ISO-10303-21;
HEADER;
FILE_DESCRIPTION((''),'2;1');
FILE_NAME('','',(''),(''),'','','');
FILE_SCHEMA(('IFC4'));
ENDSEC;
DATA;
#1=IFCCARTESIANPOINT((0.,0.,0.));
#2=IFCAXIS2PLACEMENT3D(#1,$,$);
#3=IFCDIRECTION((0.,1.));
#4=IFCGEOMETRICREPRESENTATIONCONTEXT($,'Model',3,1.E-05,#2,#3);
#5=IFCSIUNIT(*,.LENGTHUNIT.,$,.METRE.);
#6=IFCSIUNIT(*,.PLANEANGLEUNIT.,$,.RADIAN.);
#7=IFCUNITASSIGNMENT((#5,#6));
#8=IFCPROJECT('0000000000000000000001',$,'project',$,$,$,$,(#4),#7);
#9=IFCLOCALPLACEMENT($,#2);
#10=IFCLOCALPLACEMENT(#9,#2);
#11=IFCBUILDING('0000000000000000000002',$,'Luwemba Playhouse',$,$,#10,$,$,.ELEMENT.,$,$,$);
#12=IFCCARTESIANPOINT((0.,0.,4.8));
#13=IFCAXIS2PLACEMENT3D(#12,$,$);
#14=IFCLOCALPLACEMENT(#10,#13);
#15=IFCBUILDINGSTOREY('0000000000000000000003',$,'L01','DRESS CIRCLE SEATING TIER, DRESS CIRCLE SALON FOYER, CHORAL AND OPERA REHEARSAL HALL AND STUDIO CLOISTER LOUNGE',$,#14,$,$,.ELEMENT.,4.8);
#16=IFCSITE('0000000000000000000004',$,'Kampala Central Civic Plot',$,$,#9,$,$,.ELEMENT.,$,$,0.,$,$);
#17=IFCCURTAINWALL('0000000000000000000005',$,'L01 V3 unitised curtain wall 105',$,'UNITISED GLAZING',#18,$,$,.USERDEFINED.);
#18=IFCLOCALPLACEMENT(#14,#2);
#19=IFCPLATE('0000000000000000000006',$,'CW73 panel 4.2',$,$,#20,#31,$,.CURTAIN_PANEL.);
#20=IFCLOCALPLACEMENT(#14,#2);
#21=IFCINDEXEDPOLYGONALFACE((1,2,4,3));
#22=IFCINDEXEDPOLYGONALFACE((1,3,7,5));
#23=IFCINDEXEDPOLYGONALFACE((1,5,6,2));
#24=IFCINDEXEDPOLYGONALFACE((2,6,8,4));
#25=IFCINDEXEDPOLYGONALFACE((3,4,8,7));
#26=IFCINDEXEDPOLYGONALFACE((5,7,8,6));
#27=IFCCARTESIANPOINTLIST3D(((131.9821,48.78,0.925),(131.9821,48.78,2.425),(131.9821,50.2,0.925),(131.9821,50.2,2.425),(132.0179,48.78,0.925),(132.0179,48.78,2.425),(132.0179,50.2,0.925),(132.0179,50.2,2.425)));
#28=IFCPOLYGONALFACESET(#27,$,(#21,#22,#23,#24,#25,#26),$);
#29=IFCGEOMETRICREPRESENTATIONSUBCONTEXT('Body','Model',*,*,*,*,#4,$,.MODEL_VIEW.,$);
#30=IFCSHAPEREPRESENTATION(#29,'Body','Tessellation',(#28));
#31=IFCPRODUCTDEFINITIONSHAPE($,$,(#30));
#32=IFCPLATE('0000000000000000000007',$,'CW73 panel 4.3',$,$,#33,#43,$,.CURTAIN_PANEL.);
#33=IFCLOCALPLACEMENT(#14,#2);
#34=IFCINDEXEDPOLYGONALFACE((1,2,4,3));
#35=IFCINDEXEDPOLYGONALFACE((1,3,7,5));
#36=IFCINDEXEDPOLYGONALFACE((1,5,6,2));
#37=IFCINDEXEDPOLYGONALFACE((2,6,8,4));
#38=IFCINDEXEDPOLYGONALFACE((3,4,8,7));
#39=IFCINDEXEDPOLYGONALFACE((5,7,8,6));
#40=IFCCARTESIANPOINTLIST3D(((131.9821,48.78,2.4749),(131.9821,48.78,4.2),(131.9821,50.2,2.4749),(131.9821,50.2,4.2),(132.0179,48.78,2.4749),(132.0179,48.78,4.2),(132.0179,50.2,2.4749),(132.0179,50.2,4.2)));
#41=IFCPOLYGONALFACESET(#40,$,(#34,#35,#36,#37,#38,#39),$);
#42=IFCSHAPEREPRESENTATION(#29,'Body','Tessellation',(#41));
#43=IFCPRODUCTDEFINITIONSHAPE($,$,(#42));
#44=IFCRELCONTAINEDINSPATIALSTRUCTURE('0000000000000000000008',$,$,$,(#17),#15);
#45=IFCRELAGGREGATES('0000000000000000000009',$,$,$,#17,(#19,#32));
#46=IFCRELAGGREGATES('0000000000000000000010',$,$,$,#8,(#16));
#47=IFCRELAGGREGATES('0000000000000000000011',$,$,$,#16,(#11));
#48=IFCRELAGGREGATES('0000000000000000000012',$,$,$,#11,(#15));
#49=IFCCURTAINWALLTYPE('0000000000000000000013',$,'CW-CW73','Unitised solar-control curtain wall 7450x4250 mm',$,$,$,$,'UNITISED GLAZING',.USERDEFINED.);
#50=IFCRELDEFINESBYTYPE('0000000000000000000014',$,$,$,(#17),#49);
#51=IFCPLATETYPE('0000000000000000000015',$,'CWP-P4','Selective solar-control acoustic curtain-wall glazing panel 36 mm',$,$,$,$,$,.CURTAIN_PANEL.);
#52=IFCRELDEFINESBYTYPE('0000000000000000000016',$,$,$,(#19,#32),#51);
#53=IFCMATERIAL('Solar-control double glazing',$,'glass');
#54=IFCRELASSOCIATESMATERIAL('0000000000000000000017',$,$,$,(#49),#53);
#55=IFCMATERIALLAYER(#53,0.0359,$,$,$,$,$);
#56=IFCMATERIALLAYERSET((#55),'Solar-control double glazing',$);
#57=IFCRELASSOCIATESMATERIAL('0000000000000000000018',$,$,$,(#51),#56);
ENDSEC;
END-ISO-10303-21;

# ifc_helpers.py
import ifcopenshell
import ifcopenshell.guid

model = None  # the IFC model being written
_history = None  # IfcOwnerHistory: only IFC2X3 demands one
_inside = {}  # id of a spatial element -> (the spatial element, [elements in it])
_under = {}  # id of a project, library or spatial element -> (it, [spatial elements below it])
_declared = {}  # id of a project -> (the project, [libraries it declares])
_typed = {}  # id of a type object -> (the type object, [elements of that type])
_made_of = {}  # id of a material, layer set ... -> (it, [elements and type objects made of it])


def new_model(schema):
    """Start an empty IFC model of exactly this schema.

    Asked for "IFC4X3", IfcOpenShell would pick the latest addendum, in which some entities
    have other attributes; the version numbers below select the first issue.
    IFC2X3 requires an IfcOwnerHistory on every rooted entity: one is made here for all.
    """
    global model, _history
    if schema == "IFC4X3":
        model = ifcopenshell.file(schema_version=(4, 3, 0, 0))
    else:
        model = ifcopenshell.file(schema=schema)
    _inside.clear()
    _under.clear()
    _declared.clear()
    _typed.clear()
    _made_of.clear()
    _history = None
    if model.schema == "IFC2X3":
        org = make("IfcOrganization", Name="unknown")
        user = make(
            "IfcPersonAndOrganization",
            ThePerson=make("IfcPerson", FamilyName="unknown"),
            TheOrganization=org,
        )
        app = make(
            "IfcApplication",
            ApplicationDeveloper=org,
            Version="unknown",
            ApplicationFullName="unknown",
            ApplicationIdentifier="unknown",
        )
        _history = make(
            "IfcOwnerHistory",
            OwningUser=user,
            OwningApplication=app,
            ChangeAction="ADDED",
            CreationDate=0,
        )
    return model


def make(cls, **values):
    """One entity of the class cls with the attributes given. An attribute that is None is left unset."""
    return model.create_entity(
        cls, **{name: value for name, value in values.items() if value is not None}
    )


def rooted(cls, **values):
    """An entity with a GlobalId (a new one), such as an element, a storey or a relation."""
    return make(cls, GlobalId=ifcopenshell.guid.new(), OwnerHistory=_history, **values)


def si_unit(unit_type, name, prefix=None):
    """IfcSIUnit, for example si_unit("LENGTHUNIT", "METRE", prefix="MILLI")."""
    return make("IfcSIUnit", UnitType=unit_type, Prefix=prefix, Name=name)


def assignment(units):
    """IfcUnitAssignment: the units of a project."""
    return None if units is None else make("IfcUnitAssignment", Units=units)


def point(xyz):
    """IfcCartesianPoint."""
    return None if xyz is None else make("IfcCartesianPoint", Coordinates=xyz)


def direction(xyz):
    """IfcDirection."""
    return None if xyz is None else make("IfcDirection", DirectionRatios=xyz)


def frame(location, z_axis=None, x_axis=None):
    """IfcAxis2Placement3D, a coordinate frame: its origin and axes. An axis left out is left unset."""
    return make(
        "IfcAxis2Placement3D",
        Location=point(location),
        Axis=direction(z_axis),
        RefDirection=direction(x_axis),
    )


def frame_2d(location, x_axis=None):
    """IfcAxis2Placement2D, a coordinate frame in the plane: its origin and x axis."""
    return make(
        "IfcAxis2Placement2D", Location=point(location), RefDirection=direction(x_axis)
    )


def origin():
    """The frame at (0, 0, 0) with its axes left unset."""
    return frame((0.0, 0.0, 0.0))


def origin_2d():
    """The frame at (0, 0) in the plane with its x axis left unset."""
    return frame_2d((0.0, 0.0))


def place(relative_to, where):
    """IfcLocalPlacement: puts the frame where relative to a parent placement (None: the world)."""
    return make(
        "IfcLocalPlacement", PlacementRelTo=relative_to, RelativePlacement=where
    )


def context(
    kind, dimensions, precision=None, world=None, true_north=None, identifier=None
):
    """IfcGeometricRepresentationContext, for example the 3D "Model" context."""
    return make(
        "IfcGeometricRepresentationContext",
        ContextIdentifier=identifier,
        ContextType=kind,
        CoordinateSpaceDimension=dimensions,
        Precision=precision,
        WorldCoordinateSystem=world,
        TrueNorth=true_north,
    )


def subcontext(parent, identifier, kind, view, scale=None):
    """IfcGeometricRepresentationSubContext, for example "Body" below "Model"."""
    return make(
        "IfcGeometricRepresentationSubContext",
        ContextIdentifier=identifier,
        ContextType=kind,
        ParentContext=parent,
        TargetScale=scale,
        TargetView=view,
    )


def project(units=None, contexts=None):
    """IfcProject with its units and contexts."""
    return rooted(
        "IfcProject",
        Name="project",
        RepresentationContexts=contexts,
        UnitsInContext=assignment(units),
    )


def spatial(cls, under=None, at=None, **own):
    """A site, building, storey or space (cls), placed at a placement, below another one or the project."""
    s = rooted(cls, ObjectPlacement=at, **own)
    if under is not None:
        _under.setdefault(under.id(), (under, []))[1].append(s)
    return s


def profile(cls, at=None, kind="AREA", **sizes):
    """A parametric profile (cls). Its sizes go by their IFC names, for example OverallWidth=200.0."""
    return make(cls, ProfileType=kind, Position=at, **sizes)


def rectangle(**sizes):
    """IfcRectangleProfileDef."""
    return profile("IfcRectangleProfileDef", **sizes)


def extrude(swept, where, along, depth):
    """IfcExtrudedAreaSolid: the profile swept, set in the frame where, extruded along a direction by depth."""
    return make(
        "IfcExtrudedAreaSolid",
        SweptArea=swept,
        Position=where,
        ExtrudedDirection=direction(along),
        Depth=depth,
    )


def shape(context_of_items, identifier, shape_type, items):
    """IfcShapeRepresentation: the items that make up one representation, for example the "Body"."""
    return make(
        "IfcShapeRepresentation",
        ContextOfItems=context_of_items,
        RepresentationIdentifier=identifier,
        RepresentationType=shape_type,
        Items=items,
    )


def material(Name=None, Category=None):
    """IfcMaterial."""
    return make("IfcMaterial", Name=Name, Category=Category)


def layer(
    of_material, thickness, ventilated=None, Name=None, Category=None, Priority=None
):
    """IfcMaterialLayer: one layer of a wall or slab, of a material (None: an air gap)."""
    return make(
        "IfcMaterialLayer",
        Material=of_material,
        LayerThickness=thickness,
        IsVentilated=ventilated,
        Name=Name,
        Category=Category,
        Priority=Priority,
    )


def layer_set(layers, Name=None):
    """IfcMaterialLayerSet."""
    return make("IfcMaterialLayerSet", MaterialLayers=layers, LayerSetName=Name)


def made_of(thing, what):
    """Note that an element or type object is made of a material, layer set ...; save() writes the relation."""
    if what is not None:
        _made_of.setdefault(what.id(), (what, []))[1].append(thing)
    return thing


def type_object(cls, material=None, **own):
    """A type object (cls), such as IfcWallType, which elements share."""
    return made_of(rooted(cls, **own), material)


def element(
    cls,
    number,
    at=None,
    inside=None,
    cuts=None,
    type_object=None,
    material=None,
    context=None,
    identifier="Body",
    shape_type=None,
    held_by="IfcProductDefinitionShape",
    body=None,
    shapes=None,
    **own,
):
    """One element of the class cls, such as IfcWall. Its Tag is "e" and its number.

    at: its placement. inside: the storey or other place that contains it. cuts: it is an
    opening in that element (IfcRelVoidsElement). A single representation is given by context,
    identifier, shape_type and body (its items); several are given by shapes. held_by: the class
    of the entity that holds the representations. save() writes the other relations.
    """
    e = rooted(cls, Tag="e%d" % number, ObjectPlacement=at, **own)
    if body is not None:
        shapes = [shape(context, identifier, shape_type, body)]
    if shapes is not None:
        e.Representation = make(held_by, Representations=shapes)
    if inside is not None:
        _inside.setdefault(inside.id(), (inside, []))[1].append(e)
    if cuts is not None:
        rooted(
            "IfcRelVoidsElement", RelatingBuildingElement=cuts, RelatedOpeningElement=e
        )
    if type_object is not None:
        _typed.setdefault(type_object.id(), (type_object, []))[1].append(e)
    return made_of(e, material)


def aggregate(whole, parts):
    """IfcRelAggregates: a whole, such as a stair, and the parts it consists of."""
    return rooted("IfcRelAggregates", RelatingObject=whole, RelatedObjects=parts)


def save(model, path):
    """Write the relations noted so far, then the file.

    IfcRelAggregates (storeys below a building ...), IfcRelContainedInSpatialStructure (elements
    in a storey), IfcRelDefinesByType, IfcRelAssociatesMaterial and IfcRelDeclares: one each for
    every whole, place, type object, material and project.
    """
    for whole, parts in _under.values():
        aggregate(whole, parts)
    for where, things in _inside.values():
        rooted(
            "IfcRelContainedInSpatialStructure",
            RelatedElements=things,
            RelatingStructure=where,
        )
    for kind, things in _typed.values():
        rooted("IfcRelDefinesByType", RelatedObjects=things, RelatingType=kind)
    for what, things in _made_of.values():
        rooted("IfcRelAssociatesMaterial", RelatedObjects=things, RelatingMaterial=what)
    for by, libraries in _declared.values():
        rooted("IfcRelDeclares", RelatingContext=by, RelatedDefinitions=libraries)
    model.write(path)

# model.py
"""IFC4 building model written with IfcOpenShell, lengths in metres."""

from ifc_helpers import new_model, si_unit, direction, frame, origin, origin_2d, place, context, subcontext, project, spatial, rectangle, extrude, material, layer, layer_set, type_object, element, aggregate, save


model = new_model("IFC4")

# Units and contexts
model_context = context("Model", 3, precision=1e-05, world=origin(), true_north=direction((0.0, 1.0)))
body_context = subcontext(model_context, "Body", "Model", "MODEL_VIEW")
ifc_project = project(units=[si_unit("LENGTHUNIT", "METRE"), si_unit("PLANEANGLEUNIT", "RADIAN")], contexts=[model_context])

# Site, building, storey
site_placement = place(None, origin())
site = spatial("IfcSite", under=ifc_project, at=site_placement, Name="Kampala Central Civic Plot", CompositionType="ELEMENT", RefElevation=0.0)
building_placement = place(site_placement, origin())
building = spatial("IfcBuilding", under=site, at=building_placement, Name="Luwemba Playhouse", CompositionType="ELEMENT")
storey_placement = place(building_placement, frame((0.0, 0.0, 4.8)))
storey = spatial("IfcBuildingStorey", under=building, at=storey_placement, Name="L01", Description="DRESS CIRCLE SEATING TIER, DRESS CIRCLE SALON FOYER, CHORAL AND OPERA REHEARSAL HALL AND STUDIO CLOISTER LOUNGE", CompositionType="ELEMENT", Elevation=4.8)

# Curtain wall, plates
ifc_material_1 = material(Name="Solar-control double glazing", Category="glass")
curtain_wall_type = type_object("IfcCurtainWallType", Name="CW-CW73", Description="Unitised solar-control curtain wall 7450x4250 mm", ElementType="UNITISED GLAZING", PredefinedType="USERDEFINED", material=ifc_material_1)
curtain_wall_placement = place(storey_placement, origin())
curtain_wall = element("IfcCurtainWall", 1, at=curtain_wall_placement, inside=storey, type_object=curtain_wall_type, Name="L01 V3 unitised curtain wall 105", ObjectType="UNITISED GLAZING", PredefinedType="USERDEFINED")
ifc_layer = layer(ifc_material_1, 0.0359)
ifc_layer_set = layer_set([ifc_layer], Name="Solar-control double glazing")
plate_type = type_object("IfcPlateType", Name="CWP-P4", Description="Selective solar-control acoustic curtain-wall glazing panel 36 mm", PredefinedType="CURTAIN_PANEL", material=ifc_layer_set)
plate_1_placement = place(storey_placement, frame((132.0, 49.49, 0.925), z_axis=(0.0, 0.0, 1.0), x_axis=(0.0, 1.0, 0.0)))
plate_1 = element("IfcPlate", 2, at=plate_1_placement, type_object=plate_type, Name="CW73 panel 4.2", PredefinedType="CURTAIN_PANEL", context=body_context, shape_type="SweptSolid", body=[
    extrude(rectangle(XDim=1.4199, YDim=0.0359, at=origin_2d()), origin(), (0.0, 0.0, 1.0), 1.5),
])
plate_2_placement = place(storey_placement, frame((132.0, 49.49, 2.4749), z_axis=(0.0, 0.0, 1.0), x_axis=(0.0, 1.0, 0.0)))
plate_2 = element("IfcPlate", 3, at=plate_2_placement, type_object=plate_type, Name="CW73 panel 4.3", PredefinedType="CURTAIN_PANEL", context=body_context, shape_type="SweptSolid", body=[
    extrude(rectangle(XDim=1.4199, YDim=0.0359, at=origin_2d()), origin(), (0.0, 0.0, 1.0), 1.7251),
])
aggregate(curtain_wall, [plate_1, plate_2])

save(model, "model.ifc")
